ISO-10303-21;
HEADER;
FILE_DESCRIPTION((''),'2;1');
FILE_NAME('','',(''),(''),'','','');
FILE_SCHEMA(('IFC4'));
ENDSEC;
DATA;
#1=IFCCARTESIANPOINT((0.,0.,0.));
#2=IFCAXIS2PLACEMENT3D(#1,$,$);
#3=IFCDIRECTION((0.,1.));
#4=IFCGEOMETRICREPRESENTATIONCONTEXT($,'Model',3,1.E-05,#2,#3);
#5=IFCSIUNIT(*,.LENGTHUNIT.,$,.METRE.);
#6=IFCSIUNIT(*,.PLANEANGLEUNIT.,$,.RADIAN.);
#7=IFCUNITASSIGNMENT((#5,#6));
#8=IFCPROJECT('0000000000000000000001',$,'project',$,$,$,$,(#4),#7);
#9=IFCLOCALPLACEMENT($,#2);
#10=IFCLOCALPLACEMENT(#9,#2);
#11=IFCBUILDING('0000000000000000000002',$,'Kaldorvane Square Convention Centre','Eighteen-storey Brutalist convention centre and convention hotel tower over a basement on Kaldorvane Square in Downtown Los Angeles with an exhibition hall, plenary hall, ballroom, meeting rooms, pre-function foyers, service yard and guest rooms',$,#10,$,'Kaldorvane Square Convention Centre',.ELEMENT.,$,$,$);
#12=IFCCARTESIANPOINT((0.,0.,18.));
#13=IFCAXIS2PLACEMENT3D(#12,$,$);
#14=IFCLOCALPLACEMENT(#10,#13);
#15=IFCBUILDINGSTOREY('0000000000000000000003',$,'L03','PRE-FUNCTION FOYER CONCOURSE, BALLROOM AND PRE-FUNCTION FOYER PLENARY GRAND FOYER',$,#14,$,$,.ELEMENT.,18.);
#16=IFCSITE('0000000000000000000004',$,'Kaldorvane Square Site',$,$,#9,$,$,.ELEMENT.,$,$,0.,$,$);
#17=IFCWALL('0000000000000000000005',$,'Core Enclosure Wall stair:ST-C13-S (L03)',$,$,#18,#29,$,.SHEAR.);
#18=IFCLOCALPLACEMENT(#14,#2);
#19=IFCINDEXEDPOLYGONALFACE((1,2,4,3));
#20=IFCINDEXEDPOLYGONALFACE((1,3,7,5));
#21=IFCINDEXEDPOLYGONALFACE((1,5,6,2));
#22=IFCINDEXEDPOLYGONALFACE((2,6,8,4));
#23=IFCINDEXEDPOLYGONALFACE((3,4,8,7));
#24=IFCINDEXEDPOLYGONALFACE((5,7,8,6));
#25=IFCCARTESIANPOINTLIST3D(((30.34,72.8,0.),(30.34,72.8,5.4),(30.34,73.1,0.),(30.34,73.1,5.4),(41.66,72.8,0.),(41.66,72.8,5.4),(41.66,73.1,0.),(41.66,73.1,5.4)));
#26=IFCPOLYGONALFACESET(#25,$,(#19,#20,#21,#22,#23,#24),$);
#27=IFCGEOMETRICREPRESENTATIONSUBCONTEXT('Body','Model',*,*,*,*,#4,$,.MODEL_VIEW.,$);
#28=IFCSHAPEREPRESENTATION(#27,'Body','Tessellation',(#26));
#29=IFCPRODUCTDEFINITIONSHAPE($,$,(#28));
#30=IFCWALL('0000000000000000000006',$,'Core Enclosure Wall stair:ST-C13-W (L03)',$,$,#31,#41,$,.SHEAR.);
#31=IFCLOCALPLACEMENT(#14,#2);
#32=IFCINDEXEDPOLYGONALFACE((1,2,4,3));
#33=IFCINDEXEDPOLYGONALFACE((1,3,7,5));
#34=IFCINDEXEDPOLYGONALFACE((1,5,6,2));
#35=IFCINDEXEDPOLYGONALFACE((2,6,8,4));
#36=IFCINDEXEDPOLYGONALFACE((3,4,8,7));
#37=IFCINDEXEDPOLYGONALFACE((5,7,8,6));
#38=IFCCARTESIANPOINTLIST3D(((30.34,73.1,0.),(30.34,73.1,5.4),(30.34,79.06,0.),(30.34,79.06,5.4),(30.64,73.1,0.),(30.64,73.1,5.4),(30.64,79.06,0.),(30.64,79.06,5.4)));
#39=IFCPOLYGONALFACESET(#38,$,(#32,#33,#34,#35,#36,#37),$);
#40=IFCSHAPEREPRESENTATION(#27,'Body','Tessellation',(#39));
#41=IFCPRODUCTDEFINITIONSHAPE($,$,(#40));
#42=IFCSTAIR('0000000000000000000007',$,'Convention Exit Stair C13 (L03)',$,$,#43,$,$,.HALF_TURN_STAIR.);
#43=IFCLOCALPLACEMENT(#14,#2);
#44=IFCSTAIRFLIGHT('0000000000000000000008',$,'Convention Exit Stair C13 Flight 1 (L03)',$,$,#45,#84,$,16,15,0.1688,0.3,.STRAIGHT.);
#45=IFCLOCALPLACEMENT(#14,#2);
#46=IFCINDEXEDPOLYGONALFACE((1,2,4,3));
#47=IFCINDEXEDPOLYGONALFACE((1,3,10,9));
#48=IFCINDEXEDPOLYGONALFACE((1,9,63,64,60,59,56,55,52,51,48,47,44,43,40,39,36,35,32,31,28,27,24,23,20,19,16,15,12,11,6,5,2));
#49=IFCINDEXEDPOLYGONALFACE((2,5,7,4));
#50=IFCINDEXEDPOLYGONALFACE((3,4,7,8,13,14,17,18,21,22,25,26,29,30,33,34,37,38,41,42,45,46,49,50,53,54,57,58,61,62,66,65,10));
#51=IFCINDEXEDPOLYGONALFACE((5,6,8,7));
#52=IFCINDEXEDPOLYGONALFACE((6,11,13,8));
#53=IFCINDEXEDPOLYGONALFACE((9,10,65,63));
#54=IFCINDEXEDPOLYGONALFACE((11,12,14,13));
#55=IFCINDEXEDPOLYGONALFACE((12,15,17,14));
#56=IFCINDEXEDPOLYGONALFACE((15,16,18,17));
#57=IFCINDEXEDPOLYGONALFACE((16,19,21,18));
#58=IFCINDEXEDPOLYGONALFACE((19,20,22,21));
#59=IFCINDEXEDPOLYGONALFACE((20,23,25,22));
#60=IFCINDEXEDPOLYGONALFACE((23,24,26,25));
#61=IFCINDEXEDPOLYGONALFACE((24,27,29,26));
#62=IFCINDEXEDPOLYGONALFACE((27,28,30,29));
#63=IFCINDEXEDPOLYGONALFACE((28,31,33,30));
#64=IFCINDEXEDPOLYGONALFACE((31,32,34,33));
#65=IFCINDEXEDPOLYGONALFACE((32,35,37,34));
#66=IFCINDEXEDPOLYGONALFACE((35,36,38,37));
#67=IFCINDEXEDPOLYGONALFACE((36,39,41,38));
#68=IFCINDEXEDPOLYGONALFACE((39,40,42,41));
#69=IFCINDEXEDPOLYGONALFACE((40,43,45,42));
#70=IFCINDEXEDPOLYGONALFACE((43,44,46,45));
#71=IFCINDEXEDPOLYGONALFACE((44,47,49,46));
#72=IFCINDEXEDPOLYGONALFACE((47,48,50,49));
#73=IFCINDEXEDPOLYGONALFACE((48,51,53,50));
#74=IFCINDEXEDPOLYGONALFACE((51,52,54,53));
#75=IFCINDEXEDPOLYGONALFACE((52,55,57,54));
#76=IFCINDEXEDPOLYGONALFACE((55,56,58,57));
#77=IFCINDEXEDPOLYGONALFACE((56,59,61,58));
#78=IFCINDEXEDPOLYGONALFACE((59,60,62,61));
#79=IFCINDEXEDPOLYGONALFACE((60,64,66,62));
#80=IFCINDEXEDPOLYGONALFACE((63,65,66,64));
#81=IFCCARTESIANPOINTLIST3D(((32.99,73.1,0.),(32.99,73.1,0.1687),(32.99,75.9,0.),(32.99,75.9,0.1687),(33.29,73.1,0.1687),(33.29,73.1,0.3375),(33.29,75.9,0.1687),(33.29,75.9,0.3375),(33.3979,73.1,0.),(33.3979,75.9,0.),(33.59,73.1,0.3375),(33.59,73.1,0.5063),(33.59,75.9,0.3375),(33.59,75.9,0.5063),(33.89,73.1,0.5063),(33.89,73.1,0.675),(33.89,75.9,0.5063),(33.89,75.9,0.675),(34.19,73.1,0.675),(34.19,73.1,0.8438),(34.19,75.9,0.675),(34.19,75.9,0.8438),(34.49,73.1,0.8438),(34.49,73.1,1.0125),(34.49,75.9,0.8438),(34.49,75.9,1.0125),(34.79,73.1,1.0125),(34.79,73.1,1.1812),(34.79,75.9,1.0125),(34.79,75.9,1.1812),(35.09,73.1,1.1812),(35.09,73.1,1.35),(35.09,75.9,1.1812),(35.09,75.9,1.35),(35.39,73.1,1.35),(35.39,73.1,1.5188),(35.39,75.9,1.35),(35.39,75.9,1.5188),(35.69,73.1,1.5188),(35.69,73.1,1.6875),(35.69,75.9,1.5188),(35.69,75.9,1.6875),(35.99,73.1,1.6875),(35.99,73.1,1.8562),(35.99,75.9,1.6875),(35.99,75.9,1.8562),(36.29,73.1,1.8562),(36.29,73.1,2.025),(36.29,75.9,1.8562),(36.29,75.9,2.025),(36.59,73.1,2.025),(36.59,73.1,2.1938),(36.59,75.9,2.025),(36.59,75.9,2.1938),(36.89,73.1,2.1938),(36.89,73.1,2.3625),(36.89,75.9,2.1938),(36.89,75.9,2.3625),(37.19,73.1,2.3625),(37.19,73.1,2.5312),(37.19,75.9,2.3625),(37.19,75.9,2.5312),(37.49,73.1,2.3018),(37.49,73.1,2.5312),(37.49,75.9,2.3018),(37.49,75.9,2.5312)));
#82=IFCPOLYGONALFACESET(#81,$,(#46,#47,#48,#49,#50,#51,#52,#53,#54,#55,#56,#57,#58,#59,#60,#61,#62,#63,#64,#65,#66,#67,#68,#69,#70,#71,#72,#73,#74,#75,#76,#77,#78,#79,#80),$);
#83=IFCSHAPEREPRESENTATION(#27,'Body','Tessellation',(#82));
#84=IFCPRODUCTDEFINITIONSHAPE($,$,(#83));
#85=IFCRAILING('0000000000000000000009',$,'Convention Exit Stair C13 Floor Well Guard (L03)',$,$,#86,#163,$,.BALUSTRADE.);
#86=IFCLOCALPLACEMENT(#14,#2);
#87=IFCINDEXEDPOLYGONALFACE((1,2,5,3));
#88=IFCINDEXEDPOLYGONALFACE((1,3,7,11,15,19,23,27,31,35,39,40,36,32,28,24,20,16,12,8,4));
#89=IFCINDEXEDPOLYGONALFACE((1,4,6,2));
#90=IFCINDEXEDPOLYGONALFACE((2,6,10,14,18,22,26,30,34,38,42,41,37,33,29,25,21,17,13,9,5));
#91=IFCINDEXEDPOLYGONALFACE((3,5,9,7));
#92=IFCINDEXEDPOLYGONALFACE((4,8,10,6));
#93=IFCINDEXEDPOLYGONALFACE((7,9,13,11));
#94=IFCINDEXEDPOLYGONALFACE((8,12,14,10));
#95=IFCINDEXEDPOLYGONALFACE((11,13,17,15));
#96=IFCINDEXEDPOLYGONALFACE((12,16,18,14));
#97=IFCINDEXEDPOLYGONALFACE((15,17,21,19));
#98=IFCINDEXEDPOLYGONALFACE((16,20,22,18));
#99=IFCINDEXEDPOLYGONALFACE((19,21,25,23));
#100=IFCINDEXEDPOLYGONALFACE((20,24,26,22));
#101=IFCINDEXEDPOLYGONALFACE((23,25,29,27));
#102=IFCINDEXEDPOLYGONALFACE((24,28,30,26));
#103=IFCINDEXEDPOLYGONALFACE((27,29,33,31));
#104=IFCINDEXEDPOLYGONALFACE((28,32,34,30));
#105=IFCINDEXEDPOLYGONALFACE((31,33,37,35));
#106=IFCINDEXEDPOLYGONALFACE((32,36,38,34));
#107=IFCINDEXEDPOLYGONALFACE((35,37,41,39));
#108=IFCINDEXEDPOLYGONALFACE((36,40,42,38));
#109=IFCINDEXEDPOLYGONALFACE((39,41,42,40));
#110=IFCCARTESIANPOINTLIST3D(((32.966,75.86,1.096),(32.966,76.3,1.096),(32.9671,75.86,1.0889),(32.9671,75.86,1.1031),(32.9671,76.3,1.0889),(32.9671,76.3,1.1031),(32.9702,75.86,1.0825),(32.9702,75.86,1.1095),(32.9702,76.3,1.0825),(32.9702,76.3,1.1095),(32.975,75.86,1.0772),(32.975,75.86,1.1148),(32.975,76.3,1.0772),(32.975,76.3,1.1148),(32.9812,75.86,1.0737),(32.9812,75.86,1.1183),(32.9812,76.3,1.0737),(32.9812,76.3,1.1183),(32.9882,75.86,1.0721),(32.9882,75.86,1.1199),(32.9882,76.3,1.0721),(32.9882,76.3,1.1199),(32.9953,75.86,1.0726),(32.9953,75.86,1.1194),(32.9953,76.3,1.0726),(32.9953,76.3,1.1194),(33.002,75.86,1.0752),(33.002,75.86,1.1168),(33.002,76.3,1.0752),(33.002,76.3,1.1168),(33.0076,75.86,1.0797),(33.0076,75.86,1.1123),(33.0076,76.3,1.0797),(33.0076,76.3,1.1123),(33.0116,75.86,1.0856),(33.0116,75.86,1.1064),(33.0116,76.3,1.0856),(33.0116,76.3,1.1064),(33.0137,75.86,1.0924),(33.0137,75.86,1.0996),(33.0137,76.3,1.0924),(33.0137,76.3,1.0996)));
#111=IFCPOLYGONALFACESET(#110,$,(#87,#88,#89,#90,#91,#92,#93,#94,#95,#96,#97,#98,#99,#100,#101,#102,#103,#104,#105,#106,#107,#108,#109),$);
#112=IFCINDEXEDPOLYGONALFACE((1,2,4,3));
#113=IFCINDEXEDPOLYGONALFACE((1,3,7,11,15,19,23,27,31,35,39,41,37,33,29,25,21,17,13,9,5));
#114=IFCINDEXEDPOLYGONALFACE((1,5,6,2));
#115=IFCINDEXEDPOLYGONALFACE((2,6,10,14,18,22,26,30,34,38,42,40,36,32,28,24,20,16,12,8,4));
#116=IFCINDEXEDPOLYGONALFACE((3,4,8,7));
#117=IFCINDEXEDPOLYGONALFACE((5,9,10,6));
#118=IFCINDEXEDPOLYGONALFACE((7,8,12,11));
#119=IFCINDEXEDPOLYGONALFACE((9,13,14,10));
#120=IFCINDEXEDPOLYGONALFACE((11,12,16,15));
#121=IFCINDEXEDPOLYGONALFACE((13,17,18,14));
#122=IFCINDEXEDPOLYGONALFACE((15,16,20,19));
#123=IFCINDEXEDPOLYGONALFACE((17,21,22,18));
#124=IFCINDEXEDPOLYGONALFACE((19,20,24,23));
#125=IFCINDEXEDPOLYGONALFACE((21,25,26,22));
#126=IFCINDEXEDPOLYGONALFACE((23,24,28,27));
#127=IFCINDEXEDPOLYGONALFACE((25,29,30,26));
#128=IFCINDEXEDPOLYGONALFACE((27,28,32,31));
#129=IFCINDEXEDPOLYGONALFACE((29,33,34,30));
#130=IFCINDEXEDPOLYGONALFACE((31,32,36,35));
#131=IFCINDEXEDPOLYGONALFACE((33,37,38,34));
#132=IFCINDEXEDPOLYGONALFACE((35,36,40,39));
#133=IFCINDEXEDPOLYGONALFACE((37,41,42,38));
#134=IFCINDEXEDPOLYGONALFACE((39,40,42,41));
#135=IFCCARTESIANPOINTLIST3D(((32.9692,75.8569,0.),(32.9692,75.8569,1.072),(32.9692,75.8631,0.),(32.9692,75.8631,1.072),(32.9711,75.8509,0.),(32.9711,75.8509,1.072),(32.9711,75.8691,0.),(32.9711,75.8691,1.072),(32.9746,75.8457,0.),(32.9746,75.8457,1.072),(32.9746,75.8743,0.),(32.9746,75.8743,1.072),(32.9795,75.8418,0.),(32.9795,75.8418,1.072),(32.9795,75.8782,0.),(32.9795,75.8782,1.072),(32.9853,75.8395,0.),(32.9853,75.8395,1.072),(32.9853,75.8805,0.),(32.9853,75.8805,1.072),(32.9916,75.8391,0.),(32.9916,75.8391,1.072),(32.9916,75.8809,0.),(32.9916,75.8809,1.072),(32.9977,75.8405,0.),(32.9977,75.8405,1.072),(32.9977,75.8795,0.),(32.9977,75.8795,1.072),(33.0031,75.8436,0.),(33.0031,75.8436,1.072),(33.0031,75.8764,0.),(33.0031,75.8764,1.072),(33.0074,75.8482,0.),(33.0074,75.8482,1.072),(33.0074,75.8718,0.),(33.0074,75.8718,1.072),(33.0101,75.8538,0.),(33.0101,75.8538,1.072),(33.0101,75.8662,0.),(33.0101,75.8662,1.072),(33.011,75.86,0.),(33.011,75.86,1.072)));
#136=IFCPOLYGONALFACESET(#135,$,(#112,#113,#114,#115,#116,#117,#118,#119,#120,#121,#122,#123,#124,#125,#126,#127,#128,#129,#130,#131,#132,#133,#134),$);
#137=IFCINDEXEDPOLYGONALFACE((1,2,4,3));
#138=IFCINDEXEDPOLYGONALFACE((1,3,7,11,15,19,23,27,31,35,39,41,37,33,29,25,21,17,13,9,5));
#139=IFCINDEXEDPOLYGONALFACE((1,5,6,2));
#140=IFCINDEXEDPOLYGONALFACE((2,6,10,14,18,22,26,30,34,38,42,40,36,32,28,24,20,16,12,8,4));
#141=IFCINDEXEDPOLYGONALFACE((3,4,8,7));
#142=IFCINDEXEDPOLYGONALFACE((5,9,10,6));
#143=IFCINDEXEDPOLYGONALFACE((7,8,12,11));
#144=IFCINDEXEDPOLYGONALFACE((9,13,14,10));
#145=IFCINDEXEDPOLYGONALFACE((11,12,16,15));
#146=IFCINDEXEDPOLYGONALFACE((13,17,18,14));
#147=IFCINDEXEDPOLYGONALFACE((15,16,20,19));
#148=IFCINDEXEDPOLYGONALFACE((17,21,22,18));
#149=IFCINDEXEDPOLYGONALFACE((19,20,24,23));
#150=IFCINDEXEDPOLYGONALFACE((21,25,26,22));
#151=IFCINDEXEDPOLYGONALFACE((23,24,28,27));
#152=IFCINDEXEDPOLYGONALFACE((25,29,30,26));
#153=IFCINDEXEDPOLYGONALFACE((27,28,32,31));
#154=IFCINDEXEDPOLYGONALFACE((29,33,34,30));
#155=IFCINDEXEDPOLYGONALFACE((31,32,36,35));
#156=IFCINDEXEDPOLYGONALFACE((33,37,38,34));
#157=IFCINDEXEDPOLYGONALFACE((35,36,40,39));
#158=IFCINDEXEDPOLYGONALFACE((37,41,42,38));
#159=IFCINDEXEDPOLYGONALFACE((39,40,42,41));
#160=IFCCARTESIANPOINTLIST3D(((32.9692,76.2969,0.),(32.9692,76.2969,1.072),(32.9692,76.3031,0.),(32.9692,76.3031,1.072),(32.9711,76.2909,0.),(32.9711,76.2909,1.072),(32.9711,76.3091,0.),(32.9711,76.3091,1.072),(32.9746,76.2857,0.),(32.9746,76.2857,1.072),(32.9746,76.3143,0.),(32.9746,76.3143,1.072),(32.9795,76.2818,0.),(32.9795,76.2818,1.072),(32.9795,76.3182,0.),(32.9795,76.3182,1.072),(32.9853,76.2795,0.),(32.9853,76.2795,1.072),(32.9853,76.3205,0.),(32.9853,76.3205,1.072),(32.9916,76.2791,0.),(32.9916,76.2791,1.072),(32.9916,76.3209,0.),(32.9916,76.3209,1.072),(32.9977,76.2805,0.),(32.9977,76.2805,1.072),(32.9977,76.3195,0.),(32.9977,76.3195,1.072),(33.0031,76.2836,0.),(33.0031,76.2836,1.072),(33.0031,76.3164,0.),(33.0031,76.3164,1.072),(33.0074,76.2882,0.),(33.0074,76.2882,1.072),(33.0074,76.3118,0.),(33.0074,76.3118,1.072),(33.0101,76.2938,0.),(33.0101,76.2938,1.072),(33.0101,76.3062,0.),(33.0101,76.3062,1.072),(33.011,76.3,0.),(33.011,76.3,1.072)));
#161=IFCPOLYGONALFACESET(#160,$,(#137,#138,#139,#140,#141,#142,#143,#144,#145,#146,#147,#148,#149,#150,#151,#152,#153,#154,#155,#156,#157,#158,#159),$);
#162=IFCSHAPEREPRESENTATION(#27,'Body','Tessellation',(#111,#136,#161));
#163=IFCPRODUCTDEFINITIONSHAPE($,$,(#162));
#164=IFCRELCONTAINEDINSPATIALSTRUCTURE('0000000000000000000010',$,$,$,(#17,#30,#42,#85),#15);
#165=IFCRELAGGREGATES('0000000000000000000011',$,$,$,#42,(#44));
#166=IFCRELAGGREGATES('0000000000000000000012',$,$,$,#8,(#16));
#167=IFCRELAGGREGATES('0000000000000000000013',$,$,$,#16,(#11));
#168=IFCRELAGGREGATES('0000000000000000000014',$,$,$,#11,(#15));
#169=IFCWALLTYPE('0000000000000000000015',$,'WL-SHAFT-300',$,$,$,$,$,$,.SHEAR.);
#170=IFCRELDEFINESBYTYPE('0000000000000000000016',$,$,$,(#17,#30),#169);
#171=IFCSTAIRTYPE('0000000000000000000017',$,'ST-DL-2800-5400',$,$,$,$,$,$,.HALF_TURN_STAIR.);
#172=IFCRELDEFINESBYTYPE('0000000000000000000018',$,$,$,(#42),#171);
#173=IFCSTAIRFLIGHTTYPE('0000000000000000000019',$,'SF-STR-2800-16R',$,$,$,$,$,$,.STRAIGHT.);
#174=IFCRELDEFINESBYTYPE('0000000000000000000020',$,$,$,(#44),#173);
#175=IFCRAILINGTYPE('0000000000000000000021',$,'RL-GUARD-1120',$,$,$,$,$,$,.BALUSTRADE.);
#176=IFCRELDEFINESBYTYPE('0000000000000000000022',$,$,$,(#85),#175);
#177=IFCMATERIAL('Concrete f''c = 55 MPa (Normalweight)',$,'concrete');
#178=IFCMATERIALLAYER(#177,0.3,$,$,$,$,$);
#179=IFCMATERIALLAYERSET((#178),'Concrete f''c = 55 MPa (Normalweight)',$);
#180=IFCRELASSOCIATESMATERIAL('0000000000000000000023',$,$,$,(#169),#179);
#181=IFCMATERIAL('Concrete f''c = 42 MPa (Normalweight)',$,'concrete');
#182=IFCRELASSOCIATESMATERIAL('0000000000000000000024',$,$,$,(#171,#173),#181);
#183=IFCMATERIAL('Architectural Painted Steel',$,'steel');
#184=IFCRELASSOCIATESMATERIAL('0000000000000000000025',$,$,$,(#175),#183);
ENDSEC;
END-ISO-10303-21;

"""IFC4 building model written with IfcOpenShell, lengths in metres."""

from ifc_helpers import new_model, si_unit, direction, frame, frame_2d, origin, origin_2d, place, context, subcontext, project, spatial, polyline, rectangle, circle, outline, extrude, material, layer, layer_set, type_object, element, aggregate, save


model = new_model("IFC4")

# Units and contexts
model_context = context("Model", 3, precision=1e-05, world=origin(), true_north=direction((0.0, 1.0)))
body_context = subcontext(model_context, "Body", "Model", "MODEL_VIEW")
ifc_project = project(units=[si_unit("LENGTHUNIT", "METRE"), si_unit("PLANEANGLEUNIT", "RADIAN")], contexts=[model_context])

# Site, building, storey
site_placement = place(None, origin())
site = spatial("IfcSite", under=ifc_project, at=site_placement, Name="Kaldorvane Square Site", CompositionType="ELEMENT", RefElevation=0.0)
building_placement = place(site_placement, origin())
building = spatial("IfcBuilding", under=site, at=building_placement, Name="Kaldorvane Square Convention Centre", Description="Eighteen-storey Brutalist convention centre and convention hotel tower over a basement on Kaldorvane Square in Downtown Los Angeles with an exhibition hall, plenary hall, ballroom, meeting rooms, pre-function foyers, service yard and guest rooms", LongName="Kaldorvane Square Convention Centre", CompositionType="ELEMENT")
storey_placement = place(building_placement, frame((0.0, 0.0, 18.0)))
storey = spatial("IfcBuildingStorey", under=building, at=storey_placement, Name="L03", Description="PRE-FUNCTION FOYER CONCOURSE, BALLROOM AND PRE-FUNCTION FOYER PLENARY GRAND FOYER", CompositionType="ELEMENT", Elevation=18.0)

# Shared definitions
ifc_material_1 = material(Name="Concrete f'c = 55 MPa (Normalweight)", Category="concrete")

# Walls
ifc_layer = layer(ifc_material_1, 0.3)
ifc_layer_set = layer_set([ifc_layer], Name="Concrete f'c = 55 MPa (Normalweight)")
wall_type = type_object("IfcWallType", Name="WL-SHAFT-300", PredefinedType="SHEAR", material=ifc_layer_set)
wall_1_placement = place(storey_placement, frame((30.34, 72.95, 0.0), z_axis=(0.0, 0.0, 1.0), x_axis=(1.0, 0.0, 0.0)))
element("IfcWall", 1, at=wall_1_placement, inside=storey, type_object=wall_type, Name="Core Enclosure Wall stair:ST-C13-S (L03)", PredefinedType="SHEAR", context=body_context, shape_type="SweptSolid", body=[
    extrude(rectangle(XDim=11.32, YDim=0.3, at=frame_2d((5.66, 0.0))), origin(), (0.0, 0.0, 1.0), 5.4),
])
wall_2_placement = place(storey_placement, frame((30.49, 79.06, 0.0), z_axis=(0.0, 0.0, 1.0), x_axis=(0.0, -1.0, 0.0)))
element("IfcWall", 2, at=wall_2_placement, inside=storey, type_object=wall_type, Name="Core Enclosure Wall stair:ST-C13-W (L03)", PredefinedType="SHEAR", context=body_context, shape_type="SweptSolid", body=[
    extrude(rectangle(XDim=5.96, YDim=0.3, at=frame_2d((2.98, 0.0))), origin(), (0.0, 0.0, 1.0), 5.4),
])

# Stair, stair flight
ifc_material_2 = material(Name="Concrete f'c = 42 MPa (Normalweight)", Category="concrete")
stair_type = type_object("IfcStairType", Name="ST-DL-2800-5400", PredefinedType="HALF_TURN_STAIR", material=ifc_material_2)
stair_placement = place(storey_placement, origin())
stair = element("IfcStair", 3, at=stair_placement, inside=storey, type_object=stair_type, Name="Convention Exit Stair C13 (L03)", PredefinedType="HALF_TURN_STAIR")
stair_flight_type = type_object("IfcStairFlightType", Name="SF-STR-2800-16R", PredefinedType="STRAIGHT", material=ifc_material_2)
stair_flight_placement = place(storey_placement, frame((32.99, 74.5, 0.0), z_axis=(0.0, 0.0, 1.0), x_axis=(1.0, 0.0, 0.0)))
stair_flight = element("IfcStairFlight", 4, at=stair_flight_placement, type_object=stair_flight_type, Name="Convention Exit Stair C13 Flight 1 (L03)", NumberOfRisers=16, NumberOfTreads=15, PredefinedType="STRAIGHT", RiserHeight=0.1688, TreadLength=0.3, context=body_context, shape_type="SweptSolid", body=[
    extrude(outline(polyline([(0.0, 0.0), (0.0, 0.1687), (0.3, 0.1687), (0.3, 0.3375), (0.6, 0.3375), (0.6, 0.5063), (0.9, 0.5063), (0.9, 0.675), (1.2, 0.675), (1.2, 0.8438), (1.5, 0.8438), (1.5, 1.0125), (1.8, 1.0125), (1.8, 1.1812), (2.1, 1.1812), (2.1, 1.35), (2.4, 1.35), (2.4, 1.5188), (2.7, 1.5188), (2.7, 1.6875), (3.0, 1.6875), (3.0, 1.8562), (3.3, 1.8562), (3.3, 2.025), (3.6, 2.025), (3.6, 2.1938), (3.9, 2.1938), (3.9, 2.3625), (4.2, 2.3625), (4.2, 2.5312), (4.5, 2.5312), (4.5, 2.7), (4.5, 2.3018), (0.4079, 0.0), (0.0, 0.0)])), frame((0.0, 1.4, 0.0), z_axis=(0.0, -1.0, 0.0), x_axis=(1.0, 0.0, 0.0)), (0.0, 0.0, 1.0), 2.8),
])
aggregate(stair, [stair_flight])

# Railing
ifc_material_3 = material(Name="Architectural Painted Steel", Category="steel")
railing_type_1 = type_object("IfcRailingType", Name="RL-GUARD-1120", PredefinedType="BALUSTRADE", material=ifc_material_3)
for number, where, name in (
    (5, (32.99, 75.86, 0.0), "Convention Exit Stair C13 Floor Well Guard (L03)"),
):
    element("IfcRailing", number, at=place(storey_placement, frame(where)), inside=storey, type_object=railing_type_1, Name=name, PredefinedType="BALUSTRADE", context=body_context, shape_type="SweptSolid", body=[
        extrude(circle(Radius=0.024, at=origin_2d()), frame((0.0, 0.0, 1.096), z_axis=(0.0, 1.0, 0.0), x_axis=(-1.0, 0.0, 0.0)), (0.0, 0.0, 1.0), 0.44),
        extrude(circle(Radius=0.021, at=origin_2d()), origin(), (0.0, 0.0, 1.0), 1.072),
        extrude(circle(Radius=0.021, at=origin_2d()), frame((0.0, 0.44, 0.0)), (0.0, 0.0, 1.0), 1.072),
    ])

save(model, "model.ifc")
